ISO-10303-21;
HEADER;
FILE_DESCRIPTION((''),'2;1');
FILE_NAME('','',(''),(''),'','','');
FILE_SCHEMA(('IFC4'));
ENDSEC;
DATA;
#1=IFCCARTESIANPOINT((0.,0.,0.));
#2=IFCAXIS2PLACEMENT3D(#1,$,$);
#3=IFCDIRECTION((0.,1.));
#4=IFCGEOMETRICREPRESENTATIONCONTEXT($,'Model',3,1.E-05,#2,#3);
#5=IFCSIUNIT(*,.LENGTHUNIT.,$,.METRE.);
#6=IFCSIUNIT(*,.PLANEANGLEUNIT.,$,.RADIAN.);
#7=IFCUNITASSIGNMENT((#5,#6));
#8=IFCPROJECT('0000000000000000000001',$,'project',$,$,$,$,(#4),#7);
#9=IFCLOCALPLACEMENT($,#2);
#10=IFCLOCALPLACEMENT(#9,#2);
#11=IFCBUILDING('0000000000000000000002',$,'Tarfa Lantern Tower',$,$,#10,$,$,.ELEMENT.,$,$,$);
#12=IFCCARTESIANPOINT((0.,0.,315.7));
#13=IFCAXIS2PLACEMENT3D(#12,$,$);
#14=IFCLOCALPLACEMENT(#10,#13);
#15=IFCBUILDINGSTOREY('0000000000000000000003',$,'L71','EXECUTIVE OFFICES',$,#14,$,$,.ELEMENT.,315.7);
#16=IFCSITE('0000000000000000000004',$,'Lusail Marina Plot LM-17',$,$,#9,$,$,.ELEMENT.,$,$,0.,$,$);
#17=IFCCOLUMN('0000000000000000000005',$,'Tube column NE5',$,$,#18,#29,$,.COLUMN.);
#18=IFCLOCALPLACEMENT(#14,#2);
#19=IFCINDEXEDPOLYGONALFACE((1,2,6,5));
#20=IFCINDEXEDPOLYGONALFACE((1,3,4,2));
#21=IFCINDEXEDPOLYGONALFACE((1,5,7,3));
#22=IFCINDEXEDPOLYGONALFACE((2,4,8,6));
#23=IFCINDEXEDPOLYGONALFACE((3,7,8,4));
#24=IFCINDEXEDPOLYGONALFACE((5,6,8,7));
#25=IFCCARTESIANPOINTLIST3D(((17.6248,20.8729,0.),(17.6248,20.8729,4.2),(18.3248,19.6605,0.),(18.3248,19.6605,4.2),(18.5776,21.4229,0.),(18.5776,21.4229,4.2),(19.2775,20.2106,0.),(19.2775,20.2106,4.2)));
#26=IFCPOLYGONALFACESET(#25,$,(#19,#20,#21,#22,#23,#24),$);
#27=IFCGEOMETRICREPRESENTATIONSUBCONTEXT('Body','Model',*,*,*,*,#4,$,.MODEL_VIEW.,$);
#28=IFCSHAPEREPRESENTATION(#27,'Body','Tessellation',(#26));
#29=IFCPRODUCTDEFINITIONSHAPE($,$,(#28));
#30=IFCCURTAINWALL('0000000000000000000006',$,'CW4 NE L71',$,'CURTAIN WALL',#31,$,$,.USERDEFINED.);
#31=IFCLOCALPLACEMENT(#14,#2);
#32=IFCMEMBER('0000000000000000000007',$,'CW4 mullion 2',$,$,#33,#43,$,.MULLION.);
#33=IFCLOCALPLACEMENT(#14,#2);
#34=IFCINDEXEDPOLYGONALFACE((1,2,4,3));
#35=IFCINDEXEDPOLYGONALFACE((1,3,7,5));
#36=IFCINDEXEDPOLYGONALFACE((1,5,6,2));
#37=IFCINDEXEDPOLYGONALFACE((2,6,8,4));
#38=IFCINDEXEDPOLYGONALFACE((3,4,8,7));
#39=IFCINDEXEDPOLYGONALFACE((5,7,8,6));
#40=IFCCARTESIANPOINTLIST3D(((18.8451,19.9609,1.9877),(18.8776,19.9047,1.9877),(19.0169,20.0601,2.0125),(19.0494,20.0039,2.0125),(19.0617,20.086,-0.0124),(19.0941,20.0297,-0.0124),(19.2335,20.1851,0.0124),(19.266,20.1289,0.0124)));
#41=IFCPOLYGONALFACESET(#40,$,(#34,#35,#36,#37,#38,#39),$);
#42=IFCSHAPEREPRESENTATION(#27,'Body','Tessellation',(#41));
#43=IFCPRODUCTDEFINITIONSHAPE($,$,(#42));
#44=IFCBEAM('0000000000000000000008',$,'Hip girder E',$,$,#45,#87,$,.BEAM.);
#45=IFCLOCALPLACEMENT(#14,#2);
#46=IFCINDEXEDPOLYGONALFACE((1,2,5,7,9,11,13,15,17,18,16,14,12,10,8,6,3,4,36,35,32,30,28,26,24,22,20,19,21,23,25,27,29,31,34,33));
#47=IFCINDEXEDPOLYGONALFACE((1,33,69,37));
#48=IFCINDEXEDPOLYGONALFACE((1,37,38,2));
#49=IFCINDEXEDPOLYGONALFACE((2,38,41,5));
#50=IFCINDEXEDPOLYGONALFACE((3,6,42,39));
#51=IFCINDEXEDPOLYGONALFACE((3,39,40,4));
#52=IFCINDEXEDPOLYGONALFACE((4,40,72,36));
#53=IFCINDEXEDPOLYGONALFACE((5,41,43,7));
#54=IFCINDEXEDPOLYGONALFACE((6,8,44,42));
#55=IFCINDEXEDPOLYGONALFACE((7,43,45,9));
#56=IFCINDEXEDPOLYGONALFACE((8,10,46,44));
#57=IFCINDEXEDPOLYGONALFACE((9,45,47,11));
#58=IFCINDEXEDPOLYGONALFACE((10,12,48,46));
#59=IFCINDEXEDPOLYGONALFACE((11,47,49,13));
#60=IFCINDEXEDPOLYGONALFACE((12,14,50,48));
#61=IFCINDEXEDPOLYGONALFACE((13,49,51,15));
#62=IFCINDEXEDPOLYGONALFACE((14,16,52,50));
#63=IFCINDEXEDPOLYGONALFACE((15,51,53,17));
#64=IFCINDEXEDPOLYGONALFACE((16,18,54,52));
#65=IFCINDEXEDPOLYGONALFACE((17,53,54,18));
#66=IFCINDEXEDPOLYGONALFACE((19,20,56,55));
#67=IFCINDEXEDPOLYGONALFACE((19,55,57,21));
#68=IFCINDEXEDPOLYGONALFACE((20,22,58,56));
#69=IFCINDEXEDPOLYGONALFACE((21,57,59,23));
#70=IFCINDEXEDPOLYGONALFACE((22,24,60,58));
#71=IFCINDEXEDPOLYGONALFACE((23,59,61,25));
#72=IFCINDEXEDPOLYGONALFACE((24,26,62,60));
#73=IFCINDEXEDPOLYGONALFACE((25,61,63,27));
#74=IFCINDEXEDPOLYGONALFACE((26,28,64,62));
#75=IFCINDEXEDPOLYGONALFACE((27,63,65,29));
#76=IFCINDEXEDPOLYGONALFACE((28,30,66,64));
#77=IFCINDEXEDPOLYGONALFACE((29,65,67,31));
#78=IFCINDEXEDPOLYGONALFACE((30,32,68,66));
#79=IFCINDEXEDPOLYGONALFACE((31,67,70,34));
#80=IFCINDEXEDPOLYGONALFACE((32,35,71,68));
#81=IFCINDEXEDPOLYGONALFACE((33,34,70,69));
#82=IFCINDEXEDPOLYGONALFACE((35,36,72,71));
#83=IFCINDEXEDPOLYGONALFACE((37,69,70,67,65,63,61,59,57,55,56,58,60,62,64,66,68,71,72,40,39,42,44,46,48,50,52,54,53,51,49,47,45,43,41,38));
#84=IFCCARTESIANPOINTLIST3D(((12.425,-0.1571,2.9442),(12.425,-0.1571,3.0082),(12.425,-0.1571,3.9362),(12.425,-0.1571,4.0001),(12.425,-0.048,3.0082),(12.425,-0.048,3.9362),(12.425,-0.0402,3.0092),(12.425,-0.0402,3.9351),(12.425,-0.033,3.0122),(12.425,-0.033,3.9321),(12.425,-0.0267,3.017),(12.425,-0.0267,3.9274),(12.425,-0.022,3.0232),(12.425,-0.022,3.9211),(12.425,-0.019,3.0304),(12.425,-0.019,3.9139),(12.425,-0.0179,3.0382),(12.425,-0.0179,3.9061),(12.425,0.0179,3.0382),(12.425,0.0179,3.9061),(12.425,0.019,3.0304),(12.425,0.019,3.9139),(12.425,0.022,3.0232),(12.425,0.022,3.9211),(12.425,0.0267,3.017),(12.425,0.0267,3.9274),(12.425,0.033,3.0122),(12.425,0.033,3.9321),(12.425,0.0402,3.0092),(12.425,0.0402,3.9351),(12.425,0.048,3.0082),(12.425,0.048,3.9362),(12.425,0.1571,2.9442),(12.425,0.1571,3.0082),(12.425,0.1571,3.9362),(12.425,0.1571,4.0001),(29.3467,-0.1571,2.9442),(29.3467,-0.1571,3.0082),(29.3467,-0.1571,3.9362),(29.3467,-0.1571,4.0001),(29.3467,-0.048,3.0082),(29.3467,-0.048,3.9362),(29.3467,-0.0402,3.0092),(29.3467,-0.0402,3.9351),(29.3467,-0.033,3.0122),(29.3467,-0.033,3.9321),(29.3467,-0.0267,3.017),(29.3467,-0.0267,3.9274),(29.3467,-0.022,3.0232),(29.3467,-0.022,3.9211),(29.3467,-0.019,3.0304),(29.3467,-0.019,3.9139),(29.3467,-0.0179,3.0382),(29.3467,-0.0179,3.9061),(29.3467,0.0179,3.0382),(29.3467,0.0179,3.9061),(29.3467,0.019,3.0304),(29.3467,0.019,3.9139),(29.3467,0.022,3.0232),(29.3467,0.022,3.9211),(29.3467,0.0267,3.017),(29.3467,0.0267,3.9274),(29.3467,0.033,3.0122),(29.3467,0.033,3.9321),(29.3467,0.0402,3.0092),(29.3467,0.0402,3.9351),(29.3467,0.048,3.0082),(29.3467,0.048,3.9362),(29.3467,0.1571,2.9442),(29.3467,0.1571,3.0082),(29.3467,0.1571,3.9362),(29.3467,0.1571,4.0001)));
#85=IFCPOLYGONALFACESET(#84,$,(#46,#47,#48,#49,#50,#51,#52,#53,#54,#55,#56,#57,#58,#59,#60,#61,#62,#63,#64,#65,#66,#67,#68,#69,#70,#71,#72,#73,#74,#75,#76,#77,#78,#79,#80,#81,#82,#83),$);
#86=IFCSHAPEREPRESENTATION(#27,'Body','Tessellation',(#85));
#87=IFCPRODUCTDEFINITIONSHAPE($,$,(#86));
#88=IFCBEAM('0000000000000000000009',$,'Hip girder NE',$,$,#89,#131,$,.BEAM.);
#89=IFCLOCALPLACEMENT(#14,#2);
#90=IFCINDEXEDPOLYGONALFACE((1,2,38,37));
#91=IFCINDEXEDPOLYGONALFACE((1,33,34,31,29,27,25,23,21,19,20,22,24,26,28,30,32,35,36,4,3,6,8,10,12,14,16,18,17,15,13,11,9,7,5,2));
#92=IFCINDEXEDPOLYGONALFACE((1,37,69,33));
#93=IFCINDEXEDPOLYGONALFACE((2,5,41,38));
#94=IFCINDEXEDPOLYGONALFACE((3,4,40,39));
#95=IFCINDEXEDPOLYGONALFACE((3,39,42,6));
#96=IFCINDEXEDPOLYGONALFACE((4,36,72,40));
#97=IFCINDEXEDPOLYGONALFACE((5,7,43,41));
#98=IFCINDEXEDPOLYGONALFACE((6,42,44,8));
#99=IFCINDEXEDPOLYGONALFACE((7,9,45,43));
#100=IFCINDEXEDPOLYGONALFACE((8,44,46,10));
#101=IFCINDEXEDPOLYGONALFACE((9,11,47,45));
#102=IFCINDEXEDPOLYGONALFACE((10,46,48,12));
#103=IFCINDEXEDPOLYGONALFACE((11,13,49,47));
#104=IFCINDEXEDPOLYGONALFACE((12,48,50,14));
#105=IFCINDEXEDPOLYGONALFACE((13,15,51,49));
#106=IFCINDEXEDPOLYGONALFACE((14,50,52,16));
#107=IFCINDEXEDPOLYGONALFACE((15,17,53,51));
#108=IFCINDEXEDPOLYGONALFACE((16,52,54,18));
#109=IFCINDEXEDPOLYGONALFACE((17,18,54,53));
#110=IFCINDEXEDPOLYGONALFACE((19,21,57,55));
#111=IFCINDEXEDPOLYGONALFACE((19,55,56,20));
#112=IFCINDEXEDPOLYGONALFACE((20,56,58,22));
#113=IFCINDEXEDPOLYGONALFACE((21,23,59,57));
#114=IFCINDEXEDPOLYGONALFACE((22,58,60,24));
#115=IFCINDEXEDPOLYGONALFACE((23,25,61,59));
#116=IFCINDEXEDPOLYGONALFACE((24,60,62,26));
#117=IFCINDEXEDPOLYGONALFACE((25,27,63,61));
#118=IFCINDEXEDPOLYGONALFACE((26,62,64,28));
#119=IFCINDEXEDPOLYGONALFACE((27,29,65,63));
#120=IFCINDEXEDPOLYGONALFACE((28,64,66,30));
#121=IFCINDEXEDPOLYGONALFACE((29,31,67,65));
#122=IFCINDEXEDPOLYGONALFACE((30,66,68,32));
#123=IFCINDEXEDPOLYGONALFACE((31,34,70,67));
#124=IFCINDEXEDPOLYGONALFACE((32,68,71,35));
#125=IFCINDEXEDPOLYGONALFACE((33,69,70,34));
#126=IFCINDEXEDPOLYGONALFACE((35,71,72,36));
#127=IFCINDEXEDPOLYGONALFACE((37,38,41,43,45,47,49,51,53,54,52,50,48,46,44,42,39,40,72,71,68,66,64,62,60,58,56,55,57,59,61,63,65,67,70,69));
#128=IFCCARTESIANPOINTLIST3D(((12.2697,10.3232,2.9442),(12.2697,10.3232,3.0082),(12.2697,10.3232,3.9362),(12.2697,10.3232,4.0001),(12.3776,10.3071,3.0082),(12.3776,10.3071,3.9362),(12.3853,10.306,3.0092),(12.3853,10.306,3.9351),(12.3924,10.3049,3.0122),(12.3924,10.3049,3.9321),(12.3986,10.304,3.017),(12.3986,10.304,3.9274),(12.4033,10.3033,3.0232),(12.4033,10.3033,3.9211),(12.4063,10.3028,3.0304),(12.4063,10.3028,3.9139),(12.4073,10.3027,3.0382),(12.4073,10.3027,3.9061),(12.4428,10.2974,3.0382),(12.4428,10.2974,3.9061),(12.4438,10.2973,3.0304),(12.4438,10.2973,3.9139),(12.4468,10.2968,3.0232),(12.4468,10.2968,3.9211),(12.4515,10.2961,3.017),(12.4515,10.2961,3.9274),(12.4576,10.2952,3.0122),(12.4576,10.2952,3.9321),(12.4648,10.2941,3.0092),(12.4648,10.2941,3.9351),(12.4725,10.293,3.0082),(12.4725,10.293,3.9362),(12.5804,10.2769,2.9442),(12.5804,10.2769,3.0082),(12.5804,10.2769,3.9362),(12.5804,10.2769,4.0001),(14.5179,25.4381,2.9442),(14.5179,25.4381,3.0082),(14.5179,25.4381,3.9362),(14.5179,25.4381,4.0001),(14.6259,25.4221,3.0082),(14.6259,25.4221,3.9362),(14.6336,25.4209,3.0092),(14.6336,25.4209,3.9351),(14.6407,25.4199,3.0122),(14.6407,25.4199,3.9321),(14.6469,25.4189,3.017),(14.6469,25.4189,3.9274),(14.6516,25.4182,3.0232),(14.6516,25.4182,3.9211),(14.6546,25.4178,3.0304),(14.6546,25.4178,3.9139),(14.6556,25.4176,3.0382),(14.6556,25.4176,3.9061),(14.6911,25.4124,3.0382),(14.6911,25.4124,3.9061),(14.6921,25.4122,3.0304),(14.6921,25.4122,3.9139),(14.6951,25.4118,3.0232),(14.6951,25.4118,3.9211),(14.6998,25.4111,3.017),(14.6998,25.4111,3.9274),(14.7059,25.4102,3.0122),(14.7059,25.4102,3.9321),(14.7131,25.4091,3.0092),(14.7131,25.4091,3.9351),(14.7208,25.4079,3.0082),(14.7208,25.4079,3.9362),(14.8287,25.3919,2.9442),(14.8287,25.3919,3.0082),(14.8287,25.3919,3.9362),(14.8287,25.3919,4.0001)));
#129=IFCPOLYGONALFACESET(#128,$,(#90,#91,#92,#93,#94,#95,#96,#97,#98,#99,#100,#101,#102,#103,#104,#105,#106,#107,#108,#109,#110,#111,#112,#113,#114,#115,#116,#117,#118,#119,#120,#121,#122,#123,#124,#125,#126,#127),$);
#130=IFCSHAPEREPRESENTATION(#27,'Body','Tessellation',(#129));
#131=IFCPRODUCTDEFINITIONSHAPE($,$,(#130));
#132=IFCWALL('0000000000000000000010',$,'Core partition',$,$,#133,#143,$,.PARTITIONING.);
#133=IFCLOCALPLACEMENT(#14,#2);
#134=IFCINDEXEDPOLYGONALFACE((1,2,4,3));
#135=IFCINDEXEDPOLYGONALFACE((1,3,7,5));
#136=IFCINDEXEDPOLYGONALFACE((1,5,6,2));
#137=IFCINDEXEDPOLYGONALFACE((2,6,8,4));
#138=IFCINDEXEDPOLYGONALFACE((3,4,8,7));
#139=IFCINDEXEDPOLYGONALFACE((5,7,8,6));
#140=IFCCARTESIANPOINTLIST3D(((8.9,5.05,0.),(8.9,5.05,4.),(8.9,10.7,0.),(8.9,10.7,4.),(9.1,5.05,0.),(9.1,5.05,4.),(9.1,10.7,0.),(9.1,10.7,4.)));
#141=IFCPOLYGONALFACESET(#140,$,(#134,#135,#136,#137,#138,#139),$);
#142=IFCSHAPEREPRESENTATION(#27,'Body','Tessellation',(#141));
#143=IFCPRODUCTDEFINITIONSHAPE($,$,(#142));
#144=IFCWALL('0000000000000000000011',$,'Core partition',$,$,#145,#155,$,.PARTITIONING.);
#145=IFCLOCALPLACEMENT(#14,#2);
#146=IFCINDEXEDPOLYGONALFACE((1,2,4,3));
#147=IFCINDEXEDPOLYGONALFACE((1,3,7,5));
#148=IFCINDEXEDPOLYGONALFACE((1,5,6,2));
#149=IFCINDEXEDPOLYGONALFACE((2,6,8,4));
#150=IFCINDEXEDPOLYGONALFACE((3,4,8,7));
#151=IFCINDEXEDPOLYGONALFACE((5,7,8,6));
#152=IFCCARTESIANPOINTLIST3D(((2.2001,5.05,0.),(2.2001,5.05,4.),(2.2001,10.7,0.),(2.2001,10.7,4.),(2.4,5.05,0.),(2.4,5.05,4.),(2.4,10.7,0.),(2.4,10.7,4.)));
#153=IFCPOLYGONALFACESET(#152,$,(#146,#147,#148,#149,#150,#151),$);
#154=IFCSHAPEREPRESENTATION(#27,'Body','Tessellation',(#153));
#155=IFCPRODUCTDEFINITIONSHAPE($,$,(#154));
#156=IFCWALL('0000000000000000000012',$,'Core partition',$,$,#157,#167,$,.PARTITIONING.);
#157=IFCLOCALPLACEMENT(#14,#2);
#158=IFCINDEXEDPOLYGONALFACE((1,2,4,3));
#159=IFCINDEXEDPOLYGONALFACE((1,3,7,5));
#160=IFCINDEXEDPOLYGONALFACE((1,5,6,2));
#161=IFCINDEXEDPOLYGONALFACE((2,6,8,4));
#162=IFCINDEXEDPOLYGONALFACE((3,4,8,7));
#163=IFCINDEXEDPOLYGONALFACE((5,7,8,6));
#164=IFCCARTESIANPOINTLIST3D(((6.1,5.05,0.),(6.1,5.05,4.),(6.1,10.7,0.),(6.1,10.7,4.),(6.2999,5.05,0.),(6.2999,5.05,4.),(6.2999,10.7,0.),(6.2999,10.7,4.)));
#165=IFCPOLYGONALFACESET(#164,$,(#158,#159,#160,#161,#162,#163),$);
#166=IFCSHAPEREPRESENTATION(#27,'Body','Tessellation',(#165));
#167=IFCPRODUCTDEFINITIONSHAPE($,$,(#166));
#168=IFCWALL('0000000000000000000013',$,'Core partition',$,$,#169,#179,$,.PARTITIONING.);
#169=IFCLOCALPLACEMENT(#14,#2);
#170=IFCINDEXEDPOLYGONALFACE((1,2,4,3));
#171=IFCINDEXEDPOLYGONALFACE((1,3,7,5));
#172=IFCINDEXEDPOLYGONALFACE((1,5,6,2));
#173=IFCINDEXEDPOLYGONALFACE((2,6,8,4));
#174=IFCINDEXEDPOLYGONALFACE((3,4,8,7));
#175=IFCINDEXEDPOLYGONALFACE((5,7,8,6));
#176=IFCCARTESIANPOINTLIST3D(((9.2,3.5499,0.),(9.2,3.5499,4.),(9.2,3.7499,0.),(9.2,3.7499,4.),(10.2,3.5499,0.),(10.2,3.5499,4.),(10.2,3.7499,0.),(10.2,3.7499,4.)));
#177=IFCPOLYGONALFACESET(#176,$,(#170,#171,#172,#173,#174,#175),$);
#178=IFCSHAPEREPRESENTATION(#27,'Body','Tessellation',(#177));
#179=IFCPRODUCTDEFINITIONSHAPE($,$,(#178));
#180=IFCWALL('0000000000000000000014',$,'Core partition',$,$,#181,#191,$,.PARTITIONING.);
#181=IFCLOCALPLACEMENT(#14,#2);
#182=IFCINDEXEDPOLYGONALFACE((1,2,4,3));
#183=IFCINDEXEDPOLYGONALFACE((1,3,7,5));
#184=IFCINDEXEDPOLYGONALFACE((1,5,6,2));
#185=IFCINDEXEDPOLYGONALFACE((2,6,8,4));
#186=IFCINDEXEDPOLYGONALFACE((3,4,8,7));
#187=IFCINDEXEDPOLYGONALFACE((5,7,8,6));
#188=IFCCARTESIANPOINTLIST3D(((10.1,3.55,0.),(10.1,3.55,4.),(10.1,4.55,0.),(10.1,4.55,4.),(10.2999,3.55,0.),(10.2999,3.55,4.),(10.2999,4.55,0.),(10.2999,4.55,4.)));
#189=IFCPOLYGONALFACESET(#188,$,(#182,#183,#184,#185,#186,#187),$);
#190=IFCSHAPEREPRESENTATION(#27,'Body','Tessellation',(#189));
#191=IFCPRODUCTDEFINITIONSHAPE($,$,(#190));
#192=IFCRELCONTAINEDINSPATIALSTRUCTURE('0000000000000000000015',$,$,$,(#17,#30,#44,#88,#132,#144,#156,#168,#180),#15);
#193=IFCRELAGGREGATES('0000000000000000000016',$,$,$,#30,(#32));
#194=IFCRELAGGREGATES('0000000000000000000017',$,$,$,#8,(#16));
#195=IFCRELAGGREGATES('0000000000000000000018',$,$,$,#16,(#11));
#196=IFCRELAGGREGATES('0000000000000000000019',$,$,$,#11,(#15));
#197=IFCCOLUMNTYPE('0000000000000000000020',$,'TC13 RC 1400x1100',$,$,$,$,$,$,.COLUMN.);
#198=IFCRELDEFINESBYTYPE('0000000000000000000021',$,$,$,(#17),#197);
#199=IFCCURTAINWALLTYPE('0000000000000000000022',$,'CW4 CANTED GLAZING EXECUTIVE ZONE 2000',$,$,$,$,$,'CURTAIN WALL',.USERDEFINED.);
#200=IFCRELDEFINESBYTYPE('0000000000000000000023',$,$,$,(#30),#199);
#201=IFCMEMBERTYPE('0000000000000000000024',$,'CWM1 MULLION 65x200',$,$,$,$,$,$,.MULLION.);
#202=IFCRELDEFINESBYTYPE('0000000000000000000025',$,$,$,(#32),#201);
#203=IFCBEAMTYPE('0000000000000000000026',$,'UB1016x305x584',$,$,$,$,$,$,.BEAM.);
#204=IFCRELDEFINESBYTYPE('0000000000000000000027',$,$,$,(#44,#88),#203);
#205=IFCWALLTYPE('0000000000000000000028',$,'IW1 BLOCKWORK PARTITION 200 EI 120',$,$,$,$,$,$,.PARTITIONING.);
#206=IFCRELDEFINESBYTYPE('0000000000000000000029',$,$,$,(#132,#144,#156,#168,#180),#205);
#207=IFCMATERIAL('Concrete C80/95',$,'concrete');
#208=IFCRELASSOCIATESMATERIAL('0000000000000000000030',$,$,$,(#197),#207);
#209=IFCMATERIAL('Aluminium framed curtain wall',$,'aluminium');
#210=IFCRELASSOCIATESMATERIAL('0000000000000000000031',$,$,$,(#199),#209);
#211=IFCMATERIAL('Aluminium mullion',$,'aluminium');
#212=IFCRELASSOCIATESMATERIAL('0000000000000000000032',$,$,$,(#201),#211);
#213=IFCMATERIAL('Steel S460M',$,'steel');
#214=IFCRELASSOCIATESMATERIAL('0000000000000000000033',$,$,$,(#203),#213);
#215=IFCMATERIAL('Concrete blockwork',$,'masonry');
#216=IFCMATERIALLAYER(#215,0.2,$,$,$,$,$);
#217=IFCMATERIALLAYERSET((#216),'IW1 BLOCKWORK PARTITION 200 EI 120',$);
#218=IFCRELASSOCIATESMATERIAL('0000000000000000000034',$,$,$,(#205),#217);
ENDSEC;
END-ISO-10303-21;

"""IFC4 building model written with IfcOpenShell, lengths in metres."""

from ifc_helpers import new_model, si_unit, direction, frame, frame_2d, origin, origin_2d, place, context, subcontext, project, spatial, rectangle, i_section, extrude, material, layer, layer_set, material_profile, profile_set, type_object, element, aggregate, save


model = new_model("IFC4")

# Units and contexts
model_context = context("Model", 3, precision=1e-05, world=origin(), true_north=direction((0.0, 1.0)))
body_context = subcontext(model_context, "Body", "Model", "MODEL_VIEW")
ifc_project = project(units=[si_unit("LENGTHUNIT", "METRE"), si_unit("PLANEANGLEUNIT", "RADIAN")], contexts=[model_context])

# Site, building, storey
site_placement = place(None, origin())
site = spatial("IfcSite", under=ifc_project, at=site_placement, Name="Lusail Marina Plot LM-17", CompositionType="ELEMENT", RefElevation=0.0)
building_placement = place(site_placement, origin())
building = spatial("IfcBuilding", under=site, at=building_placement, Name="Tarfa Lantern Tower", CompositionType="ELEMENT")
storey_placement = place(building_placement, frame((0.0, 0.0, 315.7)))
storey = spatial("IfcBuildingStorey", under=building, at=storey_placement, Name="L71", Description="EXECUTIVE OFFICES", CompositionType="ELEMENT", Elevation=315.7)

# Column
ifc_material_1 = material(Name="Concrete C80/95", Category="concrete")
ifc_material_profile_1 = material_profile(ifc_material_1, rectangle(XDim=1.3999, YDim=1.1001, at=origin_2d()), Name="RC 1400x1100")
ifc_profile_set_1 = profile_set([ifc_material_profile_1], Name="Concrete C80/95")
column_type = type_object("IfcColumnType", Name="TC13 RC 1400x1100", PredefinedType="COLUMN", material=ifc_profile_set_1)
column_placement = place(storey_placement, frame((18.4512, 20.5417, 0.0), z_axis=(0.0, 0.0, 1.0), x_axis=(-0.5, 0.866025, 0.0)))
element("IfcColumn", 1, at=column_placement, inside=storey, type_object=column_type, Name="Tube column NE5", PredefinedType="COLUMN", context=body_context, shape_type="SweptSolid", body=[
    extrude(rectangle(XDim=1.3999, YDim=1.1001, at=origin_2d()), origin(), (0.0, 0.0, 1.0), 4.2),
])

# Curtain wall, member
ifc_material_2 = material(Name="Aluminium framed curtain wall", Category="aluminium")
curtain_wall_type = type_object("IfcCurtainWallType", Name="CW4 CANTED GLAZING EXECUTIVE ZONE 2000", ElementType="CURTAIN WALL", PredefinedType="USERDEFINED", material=ifc_material_2)
curtain_wall_placement = place(storey_placement, origin())
curtain_wall = element("IfcCurtainWall", 2, at=curtain_wall_placement, inside=storey, type_object=curtain_wall_type, Name="CW4 NE L71", ObjectType="CURTAIN WALL", PredefinedType="USERDEFINED")
ifc_material_3 = material(Name="Aluminium mullion", Category="aluminium")
ifc_material_profile_2 = material_profile(ifc_material_3, rectangle(XDim=0.0649, YDim=0.2, at=origin_2d()), Name="AL MULLION 65x200")
ifc_profile_set_2 = profile_set([ifc_material_profile_2], Name="Aluminium mullion")
member_type = type_object("IfcMemberType", Name="CWM1 MULLION 65x200", PredefinedType="MULLION", material=ifc_profile_set_2)
member_placement = place(storey_placement, frame((19.1638, 20.1074, 0.0), z_axis=(-0.10744, -0.062017, 0.992275), x_axis=(0.49992, -0.866072, 0.0)))
member = element("IfcMember", 3, at=member_placement, type_object=member_type, Name="CW4 mullion 2", PredefinedType="MULLION", context=body_context, shape_type="SweptSolid", body=[
    extrude(rectangle(XDim=0.0649, YDim=0.2, at=origin_2d()), origin(), (0.0, 0.0, 1.0), 2.0156),
])
aggregate(curtain_wall, [member])

# Beams
ifc_material_4 = material(Name="Steel S460M", Category="steel")
ifc_material_profile_3 = material_profile(ifc_material_4, i_section(OverallWidth=0.3142, OverallDepth=1.0559, WebThickness=0.0359, FlangeThickness=0.064, FilletRadius=0.03, at=origin_2d()), Name="UB1016x305x584")
ifc_profile_set_3 = profile_set([ifc_material_profile_3], Name="Steel S460M")
beam_type = type_object("IfcBeamType", Name="UB1016x305x584", PredefinedType="BEAM", material=ifc_profile_set_3)
beam_1_placement = place(storey_placement, frame((12.425, 0.0, 3.4722), z_axis=(1.0, 0.0, 0.0), x_axis=(0.0, 1.0, 0.0)))
element("IfcBeam", 4, at=beam_1_placement, inside=storey, type_object=beam_type, Name="Hip girder E", PredefinedType="BEAM", context=body_context, shape_type="SweptSolid", body=[
    extrude(i_section(OverallWidth=0.3142, OverallDepth=1.0559, WebThickness=0.0359, FlangeThickness=0.064, FilletRadius=0.03, at=origin_2d()), origin(), (0.0, 0.0, 1.0), 16.9216),
])
beam_2_placement = place(storey_placement, frame((12.425, 10.3, 3.4722), z_axis=(0.147127, 0.989118, 0.0), x_axis=(-0.989118, 0.147127, 0.0)))
element("IfcBeam", 5, at=beam_2_placement, inside=storey, type_object=beam_type, Name="Hip girder NE", PredefinedType="BEAM", context=body_context, shape_type="SweptSolid", body=[
    extrude(i_section(OverallWidth=0.3142, OverallDepth=1.0559, WebThickness=0.0359, FlangeThickness=0.064, FilletRadius=0.03, at=origin_2d()), origin(), (0.0, 0.0, 1.0), 15.2812),
])

# Walls
ifc_material_5 = material(Name="Concrete blockwork", Category="masonry")
ifc_layer_1 = layer(ifc_material_5, 0.2)
ifc_layer_set_1 = layer_set([ifc_layer_1], Name="IW1 BLOCKWORK PARTITION 200 EI 120")
wall_type_1 = type_object("IfcWallType", Name="IW1 BLOCKWORK PARTITION 200 EI 120", PredefinedType="PARTITIONING", material=ifc_layer_set_1)
for number, where, z_axis, x_axis, name in (
    (6, (9.0, 5.05, 0.0), (0.0, 0.0, 1.0), (0.0, 1.0, 0.0), "Core partition"),
    (7, (2.3, 5.05, 0.0), (0.0, 0.0, 1.0), (0.0, 1.0, 0.0), "Core partition"),
    (8, (6.2, 5.05, 0.0), (0.0, 0.0, 1.0), (0.0, 1.0, 0.0), "Core partition"),
):
    element("IfcWall", number, at=place(storey_placement, frame(where, z_axis=z_axis, x_axis=x_axis)), inside=storey, type_object=wall_type_1, Name=name, PredefinedType="PARTITIONING", context=body_context, shape_type="SweptSolid", body=[
        extrude(rectangle(XDim=5.6499, YDim=0.2, at=frame_2d((2.825, 0.0))), origin(), (0.0, 0.0, 1.0), 4.0),
    ])
for number, where, z_axis, x_axis, name in (
    (9, (9.2, 3.6499, 0.0), (0.0, 0.0, 1.0), (1.0, 0.0, 0.0), "Core partition"),
    (10, (10.2, 3.55, 0.0), (0.0, 0.0, 1.0), (0.0, 1.0, 0.0), "Core partition"),
):
    element("IfcWall", number, at=place(storey_placement, frame(where, z_axis=z_axis, x_axis=x_axis)), inside=storey, type_object=wall_type_1, Name=name, PredefinedType="PARTITIONING", context=body_context, shape_type="SweptSolid", body=[
        extrude(rectangle(XDim=1.0, YDim=0.2, at=frame_2d((0.5, 0.0))), origin(), (0.0, 0.0, 1.0), 4.0),
    ])

save(model, "model.ifc")
